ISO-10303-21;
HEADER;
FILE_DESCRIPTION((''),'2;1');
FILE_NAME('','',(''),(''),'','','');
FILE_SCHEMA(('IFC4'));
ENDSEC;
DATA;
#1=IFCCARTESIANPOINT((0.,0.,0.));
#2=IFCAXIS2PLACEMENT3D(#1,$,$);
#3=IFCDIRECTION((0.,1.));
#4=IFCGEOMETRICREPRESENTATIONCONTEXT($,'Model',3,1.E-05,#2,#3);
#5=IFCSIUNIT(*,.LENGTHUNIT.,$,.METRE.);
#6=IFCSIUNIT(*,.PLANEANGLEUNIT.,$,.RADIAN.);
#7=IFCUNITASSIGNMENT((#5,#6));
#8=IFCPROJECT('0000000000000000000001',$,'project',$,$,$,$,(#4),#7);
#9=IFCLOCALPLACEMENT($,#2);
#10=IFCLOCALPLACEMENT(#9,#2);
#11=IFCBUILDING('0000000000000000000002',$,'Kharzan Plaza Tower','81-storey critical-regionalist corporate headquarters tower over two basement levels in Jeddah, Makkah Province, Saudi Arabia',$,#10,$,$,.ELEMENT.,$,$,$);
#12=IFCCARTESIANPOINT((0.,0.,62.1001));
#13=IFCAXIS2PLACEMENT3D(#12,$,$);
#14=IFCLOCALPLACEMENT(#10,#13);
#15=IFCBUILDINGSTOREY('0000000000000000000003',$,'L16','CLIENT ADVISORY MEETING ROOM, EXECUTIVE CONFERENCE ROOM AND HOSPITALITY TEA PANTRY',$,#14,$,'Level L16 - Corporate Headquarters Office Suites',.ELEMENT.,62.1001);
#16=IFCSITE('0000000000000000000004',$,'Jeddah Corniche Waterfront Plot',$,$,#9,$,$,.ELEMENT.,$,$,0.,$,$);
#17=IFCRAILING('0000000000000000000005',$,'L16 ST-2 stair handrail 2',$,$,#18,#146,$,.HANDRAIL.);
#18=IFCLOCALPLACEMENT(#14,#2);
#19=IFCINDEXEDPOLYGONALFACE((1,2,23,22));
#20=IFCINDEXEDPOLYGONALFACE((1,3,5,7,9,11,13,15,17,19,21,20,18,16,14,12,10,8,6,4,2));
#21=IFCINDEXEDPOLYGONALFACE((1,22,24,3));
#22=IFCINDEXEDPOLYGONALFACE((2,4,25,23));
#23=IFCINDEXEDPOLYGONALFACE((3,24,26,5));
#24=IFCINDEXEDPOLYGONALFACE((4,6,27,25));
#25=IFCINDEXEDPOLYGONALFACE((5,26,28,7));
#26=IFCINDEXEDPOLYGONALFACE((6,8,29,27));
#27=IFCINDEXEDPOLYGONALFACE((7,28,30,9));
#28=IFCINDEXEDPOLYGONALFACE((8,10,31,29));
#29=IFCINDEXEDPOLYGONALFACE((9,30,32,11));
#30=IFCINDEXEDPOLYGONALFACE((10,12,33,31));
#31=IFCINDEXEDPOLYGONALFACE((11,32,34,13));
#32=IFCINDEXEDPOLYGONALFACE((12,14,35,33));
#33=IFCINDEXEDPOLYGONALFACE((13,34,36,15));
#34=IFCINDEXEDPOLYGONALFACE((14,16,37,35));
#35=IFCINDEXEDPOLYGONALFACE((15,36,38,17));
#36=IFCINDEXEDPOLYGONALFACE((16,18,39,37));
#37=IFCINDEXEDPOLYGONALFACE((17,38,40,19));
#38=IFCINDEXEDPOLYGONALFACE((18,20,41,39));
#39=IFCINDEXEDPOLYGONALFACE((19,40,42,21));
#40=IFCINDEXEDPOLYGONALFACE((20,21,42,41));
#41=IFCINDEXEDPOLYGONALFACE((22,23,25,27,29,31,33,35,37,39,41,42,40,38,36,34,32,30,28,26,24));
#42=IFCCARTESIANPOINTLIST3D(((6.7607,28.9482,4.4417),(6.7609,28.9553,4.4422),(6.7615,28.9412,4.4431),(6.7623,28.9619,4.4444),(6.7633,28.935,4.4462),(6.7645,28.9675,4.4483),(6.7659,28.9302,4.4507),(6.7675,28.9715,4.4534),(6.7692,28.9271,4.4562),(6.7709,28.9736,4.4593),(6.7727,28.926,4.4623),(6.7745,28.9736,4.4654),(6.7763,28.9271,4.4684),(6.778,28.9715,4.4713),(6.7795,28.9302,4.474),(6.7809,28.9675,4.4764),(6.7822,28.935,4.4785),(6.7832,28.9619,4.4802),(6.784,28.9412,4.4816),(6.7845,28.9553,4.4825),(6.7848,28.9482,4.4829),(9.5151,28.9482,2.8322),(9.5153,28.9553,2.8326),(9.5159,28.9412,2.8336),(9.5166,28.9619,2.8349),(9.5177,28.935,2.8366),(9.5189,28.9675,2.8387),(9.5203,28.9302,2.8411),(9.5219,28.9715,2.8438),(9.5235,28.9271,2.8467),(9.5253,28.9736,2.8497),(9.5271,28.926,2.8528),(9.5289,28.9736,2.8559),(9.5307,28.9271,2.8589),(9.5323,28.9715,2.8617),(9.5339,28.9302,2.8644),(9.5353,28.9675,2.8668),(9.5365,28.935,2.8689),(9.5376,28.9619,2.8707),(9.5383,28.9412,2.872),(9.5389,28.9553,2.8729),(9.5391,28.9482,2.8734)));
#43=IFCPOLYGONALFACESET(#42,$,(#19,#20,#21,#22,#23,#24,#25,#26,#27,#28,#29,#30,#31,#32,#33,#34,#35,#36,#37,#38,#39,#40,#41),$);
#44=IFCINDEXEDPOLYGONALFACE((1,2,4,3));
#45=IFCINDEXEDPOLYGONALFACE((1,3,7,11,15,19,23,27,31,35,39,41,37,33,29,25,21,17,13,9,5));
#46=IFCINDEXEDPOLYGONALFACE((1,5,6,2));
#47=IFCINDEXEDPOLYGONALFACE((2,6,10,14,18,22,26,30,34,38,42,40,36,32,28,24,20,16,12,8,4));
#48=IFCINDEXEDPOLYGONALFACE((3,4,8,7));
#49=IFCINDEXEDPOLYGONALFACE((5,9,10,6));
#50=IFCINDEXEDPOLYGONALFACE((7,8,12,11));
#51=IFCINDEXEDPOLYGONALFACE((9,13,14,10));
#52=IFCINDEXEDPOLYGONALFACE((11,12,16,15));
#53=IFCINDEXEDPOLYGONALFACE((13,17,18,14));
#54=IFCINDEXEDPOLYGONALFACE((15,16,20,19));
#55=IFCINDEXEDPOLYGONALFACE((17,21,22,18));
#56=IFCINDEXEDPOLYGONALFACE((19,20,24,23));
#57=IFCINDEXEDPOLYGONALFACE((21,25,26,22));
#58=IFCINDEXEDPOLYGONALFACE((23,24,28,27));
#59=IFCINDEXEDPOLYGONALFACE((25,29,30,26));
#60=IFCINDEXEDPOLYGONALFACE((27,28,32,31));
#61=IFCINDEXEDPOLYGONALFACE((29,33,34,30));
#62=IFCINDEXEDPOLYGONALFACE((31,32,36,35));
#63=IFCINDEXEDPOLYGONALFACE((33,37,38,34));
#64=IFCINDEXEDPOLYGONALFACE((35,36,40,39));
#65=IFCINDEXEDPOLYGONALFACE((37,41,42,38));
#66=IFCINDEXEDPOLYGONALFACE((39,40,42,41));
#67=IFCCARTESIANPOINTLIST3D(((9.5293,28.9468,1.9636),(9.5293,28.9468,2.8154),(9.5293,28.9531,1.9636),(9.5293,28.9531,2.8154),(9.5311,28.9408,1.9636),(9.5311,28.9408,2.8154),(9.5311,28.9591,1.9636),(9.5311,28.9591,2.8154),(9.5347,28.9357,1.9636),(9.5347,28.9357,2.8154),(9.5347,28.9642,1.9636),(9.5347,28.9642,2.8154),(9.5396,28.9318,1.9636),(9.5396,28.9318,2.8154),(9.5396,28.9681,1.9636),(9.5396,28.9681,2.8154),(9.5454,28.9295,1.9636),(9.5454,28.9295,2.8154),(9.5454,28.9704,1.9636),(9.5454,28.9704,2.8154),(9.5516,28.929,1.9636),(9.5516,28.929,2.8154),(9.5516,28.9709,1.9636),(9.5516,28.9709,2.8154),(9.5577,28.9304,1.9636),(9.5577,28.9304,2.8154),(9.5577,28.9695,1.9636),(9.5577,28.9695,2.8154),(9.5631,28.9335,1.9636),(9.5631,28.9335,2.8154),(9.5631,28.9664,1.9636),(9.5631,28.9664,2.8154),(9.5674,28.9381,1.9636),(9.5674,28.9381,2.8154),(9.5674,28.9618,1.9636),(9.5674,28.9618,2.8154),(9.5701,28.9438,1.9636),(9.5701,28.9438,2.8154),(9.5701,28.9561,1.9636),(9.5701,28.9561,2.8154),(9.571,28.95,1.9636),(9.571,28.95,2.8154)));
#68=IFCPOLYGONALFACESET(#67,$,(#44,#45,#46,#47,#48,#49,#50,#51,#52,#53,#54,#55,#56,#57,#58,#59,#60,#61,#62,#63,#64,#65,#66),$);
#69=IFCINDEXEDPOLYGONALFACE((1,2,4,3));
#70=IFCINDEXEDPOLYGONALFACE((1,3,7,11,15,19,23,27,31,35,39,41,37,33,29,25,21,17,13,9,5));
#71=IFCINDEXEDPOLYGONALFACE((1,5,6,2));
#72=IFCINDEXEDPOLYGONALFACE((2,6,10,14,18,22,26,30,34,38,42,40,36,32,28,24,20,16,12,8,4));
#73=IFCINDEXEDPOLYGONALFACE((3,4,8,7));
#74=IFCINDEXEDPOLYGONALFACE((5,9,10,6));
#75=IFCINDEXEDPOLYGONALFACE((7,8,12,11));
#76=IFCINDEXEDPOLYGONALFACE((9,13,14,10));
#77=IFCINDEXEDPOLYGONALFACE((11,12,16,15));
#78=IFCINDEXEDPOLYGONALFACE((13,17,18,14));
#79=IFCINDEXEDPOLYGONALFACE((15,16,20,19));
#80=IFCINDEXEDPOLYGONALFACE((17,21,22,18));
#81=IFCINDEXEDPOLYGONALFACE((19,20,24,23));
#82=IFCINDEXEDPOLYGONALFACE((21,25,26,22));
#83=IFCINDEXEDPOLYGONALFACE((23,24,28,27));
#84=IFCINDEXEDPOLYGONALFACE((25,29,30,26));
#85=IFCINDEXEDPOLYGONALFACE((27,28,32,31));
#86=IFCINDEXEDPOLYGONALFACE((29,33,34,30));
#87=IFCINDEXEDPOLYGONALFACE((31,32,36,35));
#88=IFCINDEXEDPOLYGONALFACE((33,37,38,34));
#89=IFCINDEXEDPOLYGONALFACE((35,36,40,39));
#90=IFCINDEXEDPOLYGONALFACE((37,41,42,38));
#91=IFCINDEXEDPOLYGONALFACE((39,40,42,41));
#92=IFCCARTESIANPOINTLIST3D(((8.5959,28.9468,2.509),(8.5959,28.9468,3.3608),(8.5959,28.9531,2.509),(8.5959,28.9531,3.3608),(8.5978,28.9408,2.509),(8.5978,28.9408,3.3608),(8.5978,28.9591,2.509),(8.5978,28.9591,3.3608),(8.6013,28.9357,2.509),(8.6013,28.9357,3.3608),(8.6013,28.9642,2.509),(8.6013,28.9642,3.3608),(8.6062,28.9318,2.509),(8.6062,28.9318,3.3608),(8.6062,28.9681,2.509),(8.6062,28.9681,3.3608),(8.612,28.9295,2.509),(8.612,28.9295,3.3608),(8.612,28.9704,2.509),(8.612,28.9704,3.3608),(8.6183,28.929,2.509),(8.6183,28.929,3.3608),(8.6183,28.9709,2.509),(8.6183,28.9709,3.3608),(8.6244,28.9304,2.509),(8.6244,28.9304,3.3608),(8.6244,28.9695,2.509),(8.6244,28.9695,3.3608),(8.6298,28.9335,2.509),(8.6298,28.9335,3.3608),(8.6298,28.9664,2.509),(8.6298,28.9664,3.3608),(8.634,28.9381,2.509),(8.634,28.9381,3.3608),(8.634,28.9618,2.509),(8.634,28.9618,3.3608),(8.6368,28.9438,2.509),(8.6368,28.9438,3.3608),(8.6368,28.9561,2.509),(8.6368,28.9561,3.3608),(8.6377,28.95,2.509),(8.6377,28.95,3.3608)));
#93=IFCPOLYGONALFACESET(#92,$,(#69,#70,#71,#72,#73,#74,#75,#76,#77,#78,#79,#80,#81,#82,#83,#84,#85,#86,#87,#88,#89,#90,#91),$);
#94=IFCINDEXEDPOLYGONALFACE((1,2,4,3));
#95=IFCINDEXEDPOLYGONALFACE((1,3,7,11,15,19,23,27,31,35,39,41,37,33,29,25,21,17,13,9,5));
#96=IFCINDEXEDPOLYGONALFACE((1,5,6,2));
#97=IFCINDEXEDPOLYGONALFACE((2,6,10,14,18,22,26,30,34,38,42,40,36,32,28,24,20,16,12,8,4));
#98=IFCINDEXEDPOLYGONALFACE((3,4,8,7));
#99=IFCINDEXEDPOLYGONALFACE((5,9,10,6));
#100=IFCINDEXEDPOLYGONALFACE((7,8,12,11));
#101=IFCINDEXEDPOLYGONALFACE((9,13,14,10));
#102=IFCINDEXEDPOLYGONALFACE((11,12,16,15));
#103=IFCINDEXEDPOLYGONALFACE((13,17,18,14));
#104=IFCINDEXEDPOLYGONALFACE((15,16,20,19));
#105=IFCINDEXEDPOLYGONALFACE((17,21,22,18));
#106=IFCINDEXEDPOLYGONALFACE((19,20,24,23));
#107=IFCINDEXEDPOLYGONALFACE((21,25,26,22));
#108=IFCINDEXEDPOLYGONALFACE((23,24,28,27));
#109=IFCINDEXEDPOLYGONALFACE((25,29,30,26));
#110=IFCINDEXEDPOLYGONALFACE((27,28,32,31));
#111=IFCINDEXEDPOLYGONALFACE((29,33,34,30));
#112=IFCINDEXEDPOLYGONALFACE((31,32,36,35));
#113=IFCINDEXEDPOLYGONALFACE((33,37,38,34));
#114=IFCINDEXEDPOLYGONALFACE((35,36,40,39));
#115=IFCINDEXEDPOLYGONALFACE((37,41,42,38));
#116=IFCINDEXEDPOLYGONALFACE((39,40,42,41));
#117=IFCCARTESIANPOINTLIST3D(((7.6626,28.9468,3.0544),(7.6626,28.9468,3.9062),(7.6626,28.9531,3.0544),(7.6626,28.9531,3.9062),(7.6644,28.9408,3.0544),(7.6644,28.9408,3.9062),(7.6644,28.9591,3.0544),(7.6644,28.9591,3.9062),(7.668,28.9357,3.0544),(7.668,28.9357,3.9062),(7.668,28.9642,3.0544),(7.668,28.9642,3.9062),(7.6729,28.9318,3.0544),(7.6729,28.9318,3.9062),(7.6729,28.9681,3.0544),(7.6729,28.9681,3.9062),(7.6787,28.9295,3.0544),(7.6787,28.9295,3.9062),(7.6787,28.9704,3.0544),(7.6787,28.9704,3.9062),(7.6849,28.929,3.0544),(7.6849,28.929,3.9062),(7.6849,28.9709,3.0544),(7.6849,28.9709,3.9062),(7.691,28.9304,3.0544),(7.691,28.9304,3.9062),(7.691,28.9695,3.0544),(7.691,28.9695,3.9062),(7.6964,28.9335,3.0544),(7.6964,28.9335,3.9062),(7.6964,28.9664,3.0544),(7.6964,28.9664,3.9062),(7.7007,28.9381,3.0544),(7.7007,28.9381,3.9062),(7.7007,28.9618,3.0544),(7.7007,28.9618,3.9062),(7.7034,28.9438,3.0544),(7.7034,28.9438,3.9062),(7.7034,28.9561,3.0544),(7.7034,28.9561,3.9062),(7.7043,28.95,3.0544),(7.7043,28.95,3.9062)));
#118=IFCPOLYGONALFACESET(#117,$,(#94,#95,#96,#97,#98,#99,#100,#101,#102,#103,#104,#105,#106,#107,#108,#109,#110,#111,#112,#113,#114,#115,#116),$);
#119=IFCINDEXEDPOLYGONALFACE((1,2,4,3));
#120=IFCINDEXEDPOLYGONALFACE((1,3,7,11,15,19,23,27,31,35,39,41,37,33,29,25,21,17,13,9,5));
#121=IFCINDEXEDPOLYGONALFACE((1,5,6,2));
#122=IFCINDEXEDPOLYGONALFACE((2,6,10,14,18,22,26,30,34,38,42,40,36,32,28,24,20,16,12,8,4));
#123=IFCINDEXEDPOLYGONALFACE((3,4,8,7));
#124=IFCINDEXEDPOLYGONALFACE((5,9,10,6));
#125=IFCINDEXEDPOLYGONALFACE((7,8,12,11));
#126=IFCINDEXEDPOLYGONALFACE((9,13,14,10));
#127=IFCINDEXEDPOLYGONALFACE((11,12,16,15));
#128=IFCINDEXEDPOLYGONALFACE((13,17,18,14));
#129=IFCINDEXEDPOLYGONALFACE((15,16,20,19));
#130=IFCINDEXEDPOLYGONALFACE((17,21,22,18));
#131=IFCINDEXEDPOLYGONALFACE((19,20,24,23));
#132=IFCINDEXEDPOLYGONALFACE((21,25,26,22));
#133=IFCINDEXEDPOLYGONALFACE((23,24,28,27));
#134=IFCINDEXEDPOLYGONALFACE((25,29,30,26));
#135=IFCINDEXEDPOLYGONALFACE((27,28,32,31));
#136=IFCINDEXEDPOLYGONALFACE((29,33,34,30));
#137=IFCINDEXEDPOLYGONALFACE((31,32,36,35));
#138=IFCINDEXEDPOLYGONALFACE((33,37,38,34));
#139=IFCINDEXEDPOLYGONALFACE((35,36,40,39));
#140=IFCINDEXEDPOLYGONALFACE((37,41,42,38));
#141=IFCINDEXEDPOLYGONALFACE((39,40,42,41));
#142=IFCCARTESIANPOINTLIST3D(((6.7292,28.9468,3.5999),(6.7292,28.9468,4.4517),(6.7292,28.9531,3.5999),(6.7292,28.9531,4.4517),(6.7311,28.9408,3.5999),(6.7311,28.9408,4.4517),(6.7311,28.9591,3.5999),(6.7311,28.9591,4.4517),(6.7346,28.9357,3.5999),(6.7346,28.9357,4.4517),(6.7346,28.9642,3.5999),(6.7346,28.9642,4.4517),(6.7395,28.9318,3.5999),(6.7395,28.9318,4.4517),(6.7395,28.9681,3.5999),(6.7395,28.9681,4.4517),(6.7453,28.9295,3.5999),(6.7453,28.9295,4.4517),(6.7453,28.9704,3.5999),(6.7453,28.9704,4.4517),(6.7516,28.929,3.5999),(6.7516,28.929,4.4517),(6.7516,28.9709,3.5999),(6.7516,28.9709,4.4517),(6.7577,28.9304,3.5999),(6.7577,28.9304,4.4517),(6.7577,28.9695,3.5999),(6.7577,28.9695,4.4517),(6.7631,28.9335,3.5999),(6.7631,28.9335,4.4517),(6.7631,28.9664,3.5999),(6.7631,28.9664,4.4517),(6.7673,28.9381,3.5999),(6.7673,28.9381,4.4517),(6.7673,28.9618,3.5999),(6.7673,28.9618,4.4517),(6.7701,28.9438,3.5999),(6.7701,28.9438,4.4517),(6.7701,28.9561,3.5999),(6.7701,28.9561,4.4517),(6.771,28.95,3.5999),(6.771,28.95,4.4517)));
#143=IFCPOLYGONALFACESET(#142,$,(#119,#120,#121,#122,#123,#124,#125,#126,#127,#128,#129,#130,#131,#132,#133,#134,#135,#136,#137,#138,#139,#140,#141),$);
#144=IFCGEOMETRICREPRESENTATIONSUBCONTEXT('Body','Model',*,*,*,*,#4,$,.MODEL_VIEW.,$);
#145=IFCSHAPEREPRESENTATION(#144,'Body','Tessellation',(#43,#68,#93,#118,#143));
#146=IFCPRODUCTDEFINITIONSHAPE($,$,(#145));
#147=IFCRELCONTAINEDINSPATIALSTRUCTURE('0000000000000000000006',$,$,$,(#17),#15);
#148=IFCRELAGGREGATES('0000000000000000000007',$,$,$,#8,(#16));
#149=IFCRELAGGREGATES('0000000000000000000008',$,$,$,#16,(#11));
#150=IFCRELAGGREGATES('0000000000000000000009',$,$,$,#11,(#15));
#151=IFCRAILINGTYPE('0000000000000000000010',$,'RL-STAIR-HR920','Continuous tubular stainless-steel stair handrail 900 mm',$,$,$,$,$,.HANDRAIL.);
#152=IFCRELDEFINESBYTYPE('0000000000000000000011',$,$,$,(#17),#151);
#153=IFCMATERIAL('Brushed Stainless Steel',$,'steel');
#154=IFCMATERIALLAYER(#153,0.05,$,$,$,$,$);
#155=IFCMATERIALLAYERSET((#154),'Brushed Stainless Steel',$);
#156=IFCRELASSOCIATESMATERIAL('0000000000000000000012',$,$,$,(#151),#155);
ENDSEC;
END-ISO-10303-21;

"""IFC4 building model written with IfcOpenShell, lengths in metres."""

from ifc_helpers import new_model, si_unit, direction, frame, origin, origin_2d, place, context, subcontext, project, spatial, circle, extrude, source, transform, mapped, material, layer, layer_set, type_object, element, save


model = new_model("IFC4")

# Units and contexts
model_context = context("Model", 3, precision=1e-05, world=origin(), true_north=direction((0.0, 1.0)))
body_context = subcontext(model_context, "Body", "Model", "MODEL_VIEW")
ifc_project = project(units=[si_unit("LENGTHUNIT", "METRE"), si_unit("PLANEANGLEUNIT", "RADIAN")], contexts=[model_context])

# Site, building, storey
site_placement = place(None, origin())
site = spatial("IfcSite", under=ifc_project, at=site_placement, Name="Jeddah Corniche Waterfront Plot", CompositionType="ELEMENT", RefElevation=0.0)
building_placement = place(site_placement, origin())
building = spatial("IfcBuilding", under=site, at=building_placement, Name="Kharzan Plaza Tower", Description="81-storey critical-regionalist corporate headquarters tower over two basement levels in Jeddah, Makkah Province, Saudi Arabia", CompositionType="ELEMENT")
storey_placement = place(building_placement, frame((0.0, 0.0, 62.1001)))
storey = spatial("IfcBuildingStorey", under=building, at=storey_placement, Name="L16", Description="CLIENT ADVISORY MEETING ROOM, EXECUTIVE CONFERENCE ROOM AND HOSPITALITY TEA PANTRY", LongName="Level L16 - Corporate Headquarters Office Suites", CompositionType="ELEMENT", Elevation=62.1001)

# Shared definitions
ifc_material_1 = material(Name="Brushed Stainless Steel", Category="steel")

# Railing
ifc_layer_1 = layer(ifc_material_1, 0.05)
ifc_layer_set_1 = layer_set([ifc_layer_1], Name="Brushed Stainless Steel")
railing_type_1 = type_object("IfcRailingType", Name="RL-STAIR-HR920", Description="Continuous tubular stainless-steel stair handrail 900 mm", PredefinedType="HANDRAIL", material=ifc_layer_set_1)
shared_shape_1 = source(origin(), body_context, "Body", "SweptSolid", [
    extrude(circle(Radius=0.0239, at=origin_2d()), frame((-0.0229, 0.0, 0.8892), z_axis=(-0.863394, 0.0, 0.504531), x_axis=(0.0, -1.0, 0.0)), (0.0, 0.0, 1.0), 3.1902),
    extrude(circle(Radius=0.021, at=origin_2d()), origin(), (0.0, 0.0, 1.0), 0.8518),
    extrude(circle(Radius=0.021, at=origin_2d()), frame((-0.9333, 0.0, 0.5454)), (0.0, 0.0, 1.0), 0.8518),
    extrude(circle(Radius=0.021, at=origin_2d()), frame((-1.8667, 0.0, 1.0908)), (0.0, 0.0, 1.0), 0.8518),
    extrude(circle(Radius=0.021, at=origin_2d()), frame((-2.8, 0.0, 1.6362)), (0.0, 0.0, 1.0), 0.8518),
])
railing_1_placement = place(storey_placement, frame((9.55, 28.95, 1.9636)))
element("IfcRailing", 1, at=railing_1_placement, inside=storey, type_object=railing_type_1, Name="L16 ST-2 stair handrail 2", PredefinedType="HANDRAIL", context=body_context, shape_type="MappedRepresentation", body=[
    mapped(shared_shape_1, transform((0.0, 0.0, 0.0), x_axis=(1.0, 0.0, 0.0), y_axis=(0.0, 1.0, 0.0), z_axis=(0.0, 0.0, 1.0))),
])

save(model, "model.ifc")
